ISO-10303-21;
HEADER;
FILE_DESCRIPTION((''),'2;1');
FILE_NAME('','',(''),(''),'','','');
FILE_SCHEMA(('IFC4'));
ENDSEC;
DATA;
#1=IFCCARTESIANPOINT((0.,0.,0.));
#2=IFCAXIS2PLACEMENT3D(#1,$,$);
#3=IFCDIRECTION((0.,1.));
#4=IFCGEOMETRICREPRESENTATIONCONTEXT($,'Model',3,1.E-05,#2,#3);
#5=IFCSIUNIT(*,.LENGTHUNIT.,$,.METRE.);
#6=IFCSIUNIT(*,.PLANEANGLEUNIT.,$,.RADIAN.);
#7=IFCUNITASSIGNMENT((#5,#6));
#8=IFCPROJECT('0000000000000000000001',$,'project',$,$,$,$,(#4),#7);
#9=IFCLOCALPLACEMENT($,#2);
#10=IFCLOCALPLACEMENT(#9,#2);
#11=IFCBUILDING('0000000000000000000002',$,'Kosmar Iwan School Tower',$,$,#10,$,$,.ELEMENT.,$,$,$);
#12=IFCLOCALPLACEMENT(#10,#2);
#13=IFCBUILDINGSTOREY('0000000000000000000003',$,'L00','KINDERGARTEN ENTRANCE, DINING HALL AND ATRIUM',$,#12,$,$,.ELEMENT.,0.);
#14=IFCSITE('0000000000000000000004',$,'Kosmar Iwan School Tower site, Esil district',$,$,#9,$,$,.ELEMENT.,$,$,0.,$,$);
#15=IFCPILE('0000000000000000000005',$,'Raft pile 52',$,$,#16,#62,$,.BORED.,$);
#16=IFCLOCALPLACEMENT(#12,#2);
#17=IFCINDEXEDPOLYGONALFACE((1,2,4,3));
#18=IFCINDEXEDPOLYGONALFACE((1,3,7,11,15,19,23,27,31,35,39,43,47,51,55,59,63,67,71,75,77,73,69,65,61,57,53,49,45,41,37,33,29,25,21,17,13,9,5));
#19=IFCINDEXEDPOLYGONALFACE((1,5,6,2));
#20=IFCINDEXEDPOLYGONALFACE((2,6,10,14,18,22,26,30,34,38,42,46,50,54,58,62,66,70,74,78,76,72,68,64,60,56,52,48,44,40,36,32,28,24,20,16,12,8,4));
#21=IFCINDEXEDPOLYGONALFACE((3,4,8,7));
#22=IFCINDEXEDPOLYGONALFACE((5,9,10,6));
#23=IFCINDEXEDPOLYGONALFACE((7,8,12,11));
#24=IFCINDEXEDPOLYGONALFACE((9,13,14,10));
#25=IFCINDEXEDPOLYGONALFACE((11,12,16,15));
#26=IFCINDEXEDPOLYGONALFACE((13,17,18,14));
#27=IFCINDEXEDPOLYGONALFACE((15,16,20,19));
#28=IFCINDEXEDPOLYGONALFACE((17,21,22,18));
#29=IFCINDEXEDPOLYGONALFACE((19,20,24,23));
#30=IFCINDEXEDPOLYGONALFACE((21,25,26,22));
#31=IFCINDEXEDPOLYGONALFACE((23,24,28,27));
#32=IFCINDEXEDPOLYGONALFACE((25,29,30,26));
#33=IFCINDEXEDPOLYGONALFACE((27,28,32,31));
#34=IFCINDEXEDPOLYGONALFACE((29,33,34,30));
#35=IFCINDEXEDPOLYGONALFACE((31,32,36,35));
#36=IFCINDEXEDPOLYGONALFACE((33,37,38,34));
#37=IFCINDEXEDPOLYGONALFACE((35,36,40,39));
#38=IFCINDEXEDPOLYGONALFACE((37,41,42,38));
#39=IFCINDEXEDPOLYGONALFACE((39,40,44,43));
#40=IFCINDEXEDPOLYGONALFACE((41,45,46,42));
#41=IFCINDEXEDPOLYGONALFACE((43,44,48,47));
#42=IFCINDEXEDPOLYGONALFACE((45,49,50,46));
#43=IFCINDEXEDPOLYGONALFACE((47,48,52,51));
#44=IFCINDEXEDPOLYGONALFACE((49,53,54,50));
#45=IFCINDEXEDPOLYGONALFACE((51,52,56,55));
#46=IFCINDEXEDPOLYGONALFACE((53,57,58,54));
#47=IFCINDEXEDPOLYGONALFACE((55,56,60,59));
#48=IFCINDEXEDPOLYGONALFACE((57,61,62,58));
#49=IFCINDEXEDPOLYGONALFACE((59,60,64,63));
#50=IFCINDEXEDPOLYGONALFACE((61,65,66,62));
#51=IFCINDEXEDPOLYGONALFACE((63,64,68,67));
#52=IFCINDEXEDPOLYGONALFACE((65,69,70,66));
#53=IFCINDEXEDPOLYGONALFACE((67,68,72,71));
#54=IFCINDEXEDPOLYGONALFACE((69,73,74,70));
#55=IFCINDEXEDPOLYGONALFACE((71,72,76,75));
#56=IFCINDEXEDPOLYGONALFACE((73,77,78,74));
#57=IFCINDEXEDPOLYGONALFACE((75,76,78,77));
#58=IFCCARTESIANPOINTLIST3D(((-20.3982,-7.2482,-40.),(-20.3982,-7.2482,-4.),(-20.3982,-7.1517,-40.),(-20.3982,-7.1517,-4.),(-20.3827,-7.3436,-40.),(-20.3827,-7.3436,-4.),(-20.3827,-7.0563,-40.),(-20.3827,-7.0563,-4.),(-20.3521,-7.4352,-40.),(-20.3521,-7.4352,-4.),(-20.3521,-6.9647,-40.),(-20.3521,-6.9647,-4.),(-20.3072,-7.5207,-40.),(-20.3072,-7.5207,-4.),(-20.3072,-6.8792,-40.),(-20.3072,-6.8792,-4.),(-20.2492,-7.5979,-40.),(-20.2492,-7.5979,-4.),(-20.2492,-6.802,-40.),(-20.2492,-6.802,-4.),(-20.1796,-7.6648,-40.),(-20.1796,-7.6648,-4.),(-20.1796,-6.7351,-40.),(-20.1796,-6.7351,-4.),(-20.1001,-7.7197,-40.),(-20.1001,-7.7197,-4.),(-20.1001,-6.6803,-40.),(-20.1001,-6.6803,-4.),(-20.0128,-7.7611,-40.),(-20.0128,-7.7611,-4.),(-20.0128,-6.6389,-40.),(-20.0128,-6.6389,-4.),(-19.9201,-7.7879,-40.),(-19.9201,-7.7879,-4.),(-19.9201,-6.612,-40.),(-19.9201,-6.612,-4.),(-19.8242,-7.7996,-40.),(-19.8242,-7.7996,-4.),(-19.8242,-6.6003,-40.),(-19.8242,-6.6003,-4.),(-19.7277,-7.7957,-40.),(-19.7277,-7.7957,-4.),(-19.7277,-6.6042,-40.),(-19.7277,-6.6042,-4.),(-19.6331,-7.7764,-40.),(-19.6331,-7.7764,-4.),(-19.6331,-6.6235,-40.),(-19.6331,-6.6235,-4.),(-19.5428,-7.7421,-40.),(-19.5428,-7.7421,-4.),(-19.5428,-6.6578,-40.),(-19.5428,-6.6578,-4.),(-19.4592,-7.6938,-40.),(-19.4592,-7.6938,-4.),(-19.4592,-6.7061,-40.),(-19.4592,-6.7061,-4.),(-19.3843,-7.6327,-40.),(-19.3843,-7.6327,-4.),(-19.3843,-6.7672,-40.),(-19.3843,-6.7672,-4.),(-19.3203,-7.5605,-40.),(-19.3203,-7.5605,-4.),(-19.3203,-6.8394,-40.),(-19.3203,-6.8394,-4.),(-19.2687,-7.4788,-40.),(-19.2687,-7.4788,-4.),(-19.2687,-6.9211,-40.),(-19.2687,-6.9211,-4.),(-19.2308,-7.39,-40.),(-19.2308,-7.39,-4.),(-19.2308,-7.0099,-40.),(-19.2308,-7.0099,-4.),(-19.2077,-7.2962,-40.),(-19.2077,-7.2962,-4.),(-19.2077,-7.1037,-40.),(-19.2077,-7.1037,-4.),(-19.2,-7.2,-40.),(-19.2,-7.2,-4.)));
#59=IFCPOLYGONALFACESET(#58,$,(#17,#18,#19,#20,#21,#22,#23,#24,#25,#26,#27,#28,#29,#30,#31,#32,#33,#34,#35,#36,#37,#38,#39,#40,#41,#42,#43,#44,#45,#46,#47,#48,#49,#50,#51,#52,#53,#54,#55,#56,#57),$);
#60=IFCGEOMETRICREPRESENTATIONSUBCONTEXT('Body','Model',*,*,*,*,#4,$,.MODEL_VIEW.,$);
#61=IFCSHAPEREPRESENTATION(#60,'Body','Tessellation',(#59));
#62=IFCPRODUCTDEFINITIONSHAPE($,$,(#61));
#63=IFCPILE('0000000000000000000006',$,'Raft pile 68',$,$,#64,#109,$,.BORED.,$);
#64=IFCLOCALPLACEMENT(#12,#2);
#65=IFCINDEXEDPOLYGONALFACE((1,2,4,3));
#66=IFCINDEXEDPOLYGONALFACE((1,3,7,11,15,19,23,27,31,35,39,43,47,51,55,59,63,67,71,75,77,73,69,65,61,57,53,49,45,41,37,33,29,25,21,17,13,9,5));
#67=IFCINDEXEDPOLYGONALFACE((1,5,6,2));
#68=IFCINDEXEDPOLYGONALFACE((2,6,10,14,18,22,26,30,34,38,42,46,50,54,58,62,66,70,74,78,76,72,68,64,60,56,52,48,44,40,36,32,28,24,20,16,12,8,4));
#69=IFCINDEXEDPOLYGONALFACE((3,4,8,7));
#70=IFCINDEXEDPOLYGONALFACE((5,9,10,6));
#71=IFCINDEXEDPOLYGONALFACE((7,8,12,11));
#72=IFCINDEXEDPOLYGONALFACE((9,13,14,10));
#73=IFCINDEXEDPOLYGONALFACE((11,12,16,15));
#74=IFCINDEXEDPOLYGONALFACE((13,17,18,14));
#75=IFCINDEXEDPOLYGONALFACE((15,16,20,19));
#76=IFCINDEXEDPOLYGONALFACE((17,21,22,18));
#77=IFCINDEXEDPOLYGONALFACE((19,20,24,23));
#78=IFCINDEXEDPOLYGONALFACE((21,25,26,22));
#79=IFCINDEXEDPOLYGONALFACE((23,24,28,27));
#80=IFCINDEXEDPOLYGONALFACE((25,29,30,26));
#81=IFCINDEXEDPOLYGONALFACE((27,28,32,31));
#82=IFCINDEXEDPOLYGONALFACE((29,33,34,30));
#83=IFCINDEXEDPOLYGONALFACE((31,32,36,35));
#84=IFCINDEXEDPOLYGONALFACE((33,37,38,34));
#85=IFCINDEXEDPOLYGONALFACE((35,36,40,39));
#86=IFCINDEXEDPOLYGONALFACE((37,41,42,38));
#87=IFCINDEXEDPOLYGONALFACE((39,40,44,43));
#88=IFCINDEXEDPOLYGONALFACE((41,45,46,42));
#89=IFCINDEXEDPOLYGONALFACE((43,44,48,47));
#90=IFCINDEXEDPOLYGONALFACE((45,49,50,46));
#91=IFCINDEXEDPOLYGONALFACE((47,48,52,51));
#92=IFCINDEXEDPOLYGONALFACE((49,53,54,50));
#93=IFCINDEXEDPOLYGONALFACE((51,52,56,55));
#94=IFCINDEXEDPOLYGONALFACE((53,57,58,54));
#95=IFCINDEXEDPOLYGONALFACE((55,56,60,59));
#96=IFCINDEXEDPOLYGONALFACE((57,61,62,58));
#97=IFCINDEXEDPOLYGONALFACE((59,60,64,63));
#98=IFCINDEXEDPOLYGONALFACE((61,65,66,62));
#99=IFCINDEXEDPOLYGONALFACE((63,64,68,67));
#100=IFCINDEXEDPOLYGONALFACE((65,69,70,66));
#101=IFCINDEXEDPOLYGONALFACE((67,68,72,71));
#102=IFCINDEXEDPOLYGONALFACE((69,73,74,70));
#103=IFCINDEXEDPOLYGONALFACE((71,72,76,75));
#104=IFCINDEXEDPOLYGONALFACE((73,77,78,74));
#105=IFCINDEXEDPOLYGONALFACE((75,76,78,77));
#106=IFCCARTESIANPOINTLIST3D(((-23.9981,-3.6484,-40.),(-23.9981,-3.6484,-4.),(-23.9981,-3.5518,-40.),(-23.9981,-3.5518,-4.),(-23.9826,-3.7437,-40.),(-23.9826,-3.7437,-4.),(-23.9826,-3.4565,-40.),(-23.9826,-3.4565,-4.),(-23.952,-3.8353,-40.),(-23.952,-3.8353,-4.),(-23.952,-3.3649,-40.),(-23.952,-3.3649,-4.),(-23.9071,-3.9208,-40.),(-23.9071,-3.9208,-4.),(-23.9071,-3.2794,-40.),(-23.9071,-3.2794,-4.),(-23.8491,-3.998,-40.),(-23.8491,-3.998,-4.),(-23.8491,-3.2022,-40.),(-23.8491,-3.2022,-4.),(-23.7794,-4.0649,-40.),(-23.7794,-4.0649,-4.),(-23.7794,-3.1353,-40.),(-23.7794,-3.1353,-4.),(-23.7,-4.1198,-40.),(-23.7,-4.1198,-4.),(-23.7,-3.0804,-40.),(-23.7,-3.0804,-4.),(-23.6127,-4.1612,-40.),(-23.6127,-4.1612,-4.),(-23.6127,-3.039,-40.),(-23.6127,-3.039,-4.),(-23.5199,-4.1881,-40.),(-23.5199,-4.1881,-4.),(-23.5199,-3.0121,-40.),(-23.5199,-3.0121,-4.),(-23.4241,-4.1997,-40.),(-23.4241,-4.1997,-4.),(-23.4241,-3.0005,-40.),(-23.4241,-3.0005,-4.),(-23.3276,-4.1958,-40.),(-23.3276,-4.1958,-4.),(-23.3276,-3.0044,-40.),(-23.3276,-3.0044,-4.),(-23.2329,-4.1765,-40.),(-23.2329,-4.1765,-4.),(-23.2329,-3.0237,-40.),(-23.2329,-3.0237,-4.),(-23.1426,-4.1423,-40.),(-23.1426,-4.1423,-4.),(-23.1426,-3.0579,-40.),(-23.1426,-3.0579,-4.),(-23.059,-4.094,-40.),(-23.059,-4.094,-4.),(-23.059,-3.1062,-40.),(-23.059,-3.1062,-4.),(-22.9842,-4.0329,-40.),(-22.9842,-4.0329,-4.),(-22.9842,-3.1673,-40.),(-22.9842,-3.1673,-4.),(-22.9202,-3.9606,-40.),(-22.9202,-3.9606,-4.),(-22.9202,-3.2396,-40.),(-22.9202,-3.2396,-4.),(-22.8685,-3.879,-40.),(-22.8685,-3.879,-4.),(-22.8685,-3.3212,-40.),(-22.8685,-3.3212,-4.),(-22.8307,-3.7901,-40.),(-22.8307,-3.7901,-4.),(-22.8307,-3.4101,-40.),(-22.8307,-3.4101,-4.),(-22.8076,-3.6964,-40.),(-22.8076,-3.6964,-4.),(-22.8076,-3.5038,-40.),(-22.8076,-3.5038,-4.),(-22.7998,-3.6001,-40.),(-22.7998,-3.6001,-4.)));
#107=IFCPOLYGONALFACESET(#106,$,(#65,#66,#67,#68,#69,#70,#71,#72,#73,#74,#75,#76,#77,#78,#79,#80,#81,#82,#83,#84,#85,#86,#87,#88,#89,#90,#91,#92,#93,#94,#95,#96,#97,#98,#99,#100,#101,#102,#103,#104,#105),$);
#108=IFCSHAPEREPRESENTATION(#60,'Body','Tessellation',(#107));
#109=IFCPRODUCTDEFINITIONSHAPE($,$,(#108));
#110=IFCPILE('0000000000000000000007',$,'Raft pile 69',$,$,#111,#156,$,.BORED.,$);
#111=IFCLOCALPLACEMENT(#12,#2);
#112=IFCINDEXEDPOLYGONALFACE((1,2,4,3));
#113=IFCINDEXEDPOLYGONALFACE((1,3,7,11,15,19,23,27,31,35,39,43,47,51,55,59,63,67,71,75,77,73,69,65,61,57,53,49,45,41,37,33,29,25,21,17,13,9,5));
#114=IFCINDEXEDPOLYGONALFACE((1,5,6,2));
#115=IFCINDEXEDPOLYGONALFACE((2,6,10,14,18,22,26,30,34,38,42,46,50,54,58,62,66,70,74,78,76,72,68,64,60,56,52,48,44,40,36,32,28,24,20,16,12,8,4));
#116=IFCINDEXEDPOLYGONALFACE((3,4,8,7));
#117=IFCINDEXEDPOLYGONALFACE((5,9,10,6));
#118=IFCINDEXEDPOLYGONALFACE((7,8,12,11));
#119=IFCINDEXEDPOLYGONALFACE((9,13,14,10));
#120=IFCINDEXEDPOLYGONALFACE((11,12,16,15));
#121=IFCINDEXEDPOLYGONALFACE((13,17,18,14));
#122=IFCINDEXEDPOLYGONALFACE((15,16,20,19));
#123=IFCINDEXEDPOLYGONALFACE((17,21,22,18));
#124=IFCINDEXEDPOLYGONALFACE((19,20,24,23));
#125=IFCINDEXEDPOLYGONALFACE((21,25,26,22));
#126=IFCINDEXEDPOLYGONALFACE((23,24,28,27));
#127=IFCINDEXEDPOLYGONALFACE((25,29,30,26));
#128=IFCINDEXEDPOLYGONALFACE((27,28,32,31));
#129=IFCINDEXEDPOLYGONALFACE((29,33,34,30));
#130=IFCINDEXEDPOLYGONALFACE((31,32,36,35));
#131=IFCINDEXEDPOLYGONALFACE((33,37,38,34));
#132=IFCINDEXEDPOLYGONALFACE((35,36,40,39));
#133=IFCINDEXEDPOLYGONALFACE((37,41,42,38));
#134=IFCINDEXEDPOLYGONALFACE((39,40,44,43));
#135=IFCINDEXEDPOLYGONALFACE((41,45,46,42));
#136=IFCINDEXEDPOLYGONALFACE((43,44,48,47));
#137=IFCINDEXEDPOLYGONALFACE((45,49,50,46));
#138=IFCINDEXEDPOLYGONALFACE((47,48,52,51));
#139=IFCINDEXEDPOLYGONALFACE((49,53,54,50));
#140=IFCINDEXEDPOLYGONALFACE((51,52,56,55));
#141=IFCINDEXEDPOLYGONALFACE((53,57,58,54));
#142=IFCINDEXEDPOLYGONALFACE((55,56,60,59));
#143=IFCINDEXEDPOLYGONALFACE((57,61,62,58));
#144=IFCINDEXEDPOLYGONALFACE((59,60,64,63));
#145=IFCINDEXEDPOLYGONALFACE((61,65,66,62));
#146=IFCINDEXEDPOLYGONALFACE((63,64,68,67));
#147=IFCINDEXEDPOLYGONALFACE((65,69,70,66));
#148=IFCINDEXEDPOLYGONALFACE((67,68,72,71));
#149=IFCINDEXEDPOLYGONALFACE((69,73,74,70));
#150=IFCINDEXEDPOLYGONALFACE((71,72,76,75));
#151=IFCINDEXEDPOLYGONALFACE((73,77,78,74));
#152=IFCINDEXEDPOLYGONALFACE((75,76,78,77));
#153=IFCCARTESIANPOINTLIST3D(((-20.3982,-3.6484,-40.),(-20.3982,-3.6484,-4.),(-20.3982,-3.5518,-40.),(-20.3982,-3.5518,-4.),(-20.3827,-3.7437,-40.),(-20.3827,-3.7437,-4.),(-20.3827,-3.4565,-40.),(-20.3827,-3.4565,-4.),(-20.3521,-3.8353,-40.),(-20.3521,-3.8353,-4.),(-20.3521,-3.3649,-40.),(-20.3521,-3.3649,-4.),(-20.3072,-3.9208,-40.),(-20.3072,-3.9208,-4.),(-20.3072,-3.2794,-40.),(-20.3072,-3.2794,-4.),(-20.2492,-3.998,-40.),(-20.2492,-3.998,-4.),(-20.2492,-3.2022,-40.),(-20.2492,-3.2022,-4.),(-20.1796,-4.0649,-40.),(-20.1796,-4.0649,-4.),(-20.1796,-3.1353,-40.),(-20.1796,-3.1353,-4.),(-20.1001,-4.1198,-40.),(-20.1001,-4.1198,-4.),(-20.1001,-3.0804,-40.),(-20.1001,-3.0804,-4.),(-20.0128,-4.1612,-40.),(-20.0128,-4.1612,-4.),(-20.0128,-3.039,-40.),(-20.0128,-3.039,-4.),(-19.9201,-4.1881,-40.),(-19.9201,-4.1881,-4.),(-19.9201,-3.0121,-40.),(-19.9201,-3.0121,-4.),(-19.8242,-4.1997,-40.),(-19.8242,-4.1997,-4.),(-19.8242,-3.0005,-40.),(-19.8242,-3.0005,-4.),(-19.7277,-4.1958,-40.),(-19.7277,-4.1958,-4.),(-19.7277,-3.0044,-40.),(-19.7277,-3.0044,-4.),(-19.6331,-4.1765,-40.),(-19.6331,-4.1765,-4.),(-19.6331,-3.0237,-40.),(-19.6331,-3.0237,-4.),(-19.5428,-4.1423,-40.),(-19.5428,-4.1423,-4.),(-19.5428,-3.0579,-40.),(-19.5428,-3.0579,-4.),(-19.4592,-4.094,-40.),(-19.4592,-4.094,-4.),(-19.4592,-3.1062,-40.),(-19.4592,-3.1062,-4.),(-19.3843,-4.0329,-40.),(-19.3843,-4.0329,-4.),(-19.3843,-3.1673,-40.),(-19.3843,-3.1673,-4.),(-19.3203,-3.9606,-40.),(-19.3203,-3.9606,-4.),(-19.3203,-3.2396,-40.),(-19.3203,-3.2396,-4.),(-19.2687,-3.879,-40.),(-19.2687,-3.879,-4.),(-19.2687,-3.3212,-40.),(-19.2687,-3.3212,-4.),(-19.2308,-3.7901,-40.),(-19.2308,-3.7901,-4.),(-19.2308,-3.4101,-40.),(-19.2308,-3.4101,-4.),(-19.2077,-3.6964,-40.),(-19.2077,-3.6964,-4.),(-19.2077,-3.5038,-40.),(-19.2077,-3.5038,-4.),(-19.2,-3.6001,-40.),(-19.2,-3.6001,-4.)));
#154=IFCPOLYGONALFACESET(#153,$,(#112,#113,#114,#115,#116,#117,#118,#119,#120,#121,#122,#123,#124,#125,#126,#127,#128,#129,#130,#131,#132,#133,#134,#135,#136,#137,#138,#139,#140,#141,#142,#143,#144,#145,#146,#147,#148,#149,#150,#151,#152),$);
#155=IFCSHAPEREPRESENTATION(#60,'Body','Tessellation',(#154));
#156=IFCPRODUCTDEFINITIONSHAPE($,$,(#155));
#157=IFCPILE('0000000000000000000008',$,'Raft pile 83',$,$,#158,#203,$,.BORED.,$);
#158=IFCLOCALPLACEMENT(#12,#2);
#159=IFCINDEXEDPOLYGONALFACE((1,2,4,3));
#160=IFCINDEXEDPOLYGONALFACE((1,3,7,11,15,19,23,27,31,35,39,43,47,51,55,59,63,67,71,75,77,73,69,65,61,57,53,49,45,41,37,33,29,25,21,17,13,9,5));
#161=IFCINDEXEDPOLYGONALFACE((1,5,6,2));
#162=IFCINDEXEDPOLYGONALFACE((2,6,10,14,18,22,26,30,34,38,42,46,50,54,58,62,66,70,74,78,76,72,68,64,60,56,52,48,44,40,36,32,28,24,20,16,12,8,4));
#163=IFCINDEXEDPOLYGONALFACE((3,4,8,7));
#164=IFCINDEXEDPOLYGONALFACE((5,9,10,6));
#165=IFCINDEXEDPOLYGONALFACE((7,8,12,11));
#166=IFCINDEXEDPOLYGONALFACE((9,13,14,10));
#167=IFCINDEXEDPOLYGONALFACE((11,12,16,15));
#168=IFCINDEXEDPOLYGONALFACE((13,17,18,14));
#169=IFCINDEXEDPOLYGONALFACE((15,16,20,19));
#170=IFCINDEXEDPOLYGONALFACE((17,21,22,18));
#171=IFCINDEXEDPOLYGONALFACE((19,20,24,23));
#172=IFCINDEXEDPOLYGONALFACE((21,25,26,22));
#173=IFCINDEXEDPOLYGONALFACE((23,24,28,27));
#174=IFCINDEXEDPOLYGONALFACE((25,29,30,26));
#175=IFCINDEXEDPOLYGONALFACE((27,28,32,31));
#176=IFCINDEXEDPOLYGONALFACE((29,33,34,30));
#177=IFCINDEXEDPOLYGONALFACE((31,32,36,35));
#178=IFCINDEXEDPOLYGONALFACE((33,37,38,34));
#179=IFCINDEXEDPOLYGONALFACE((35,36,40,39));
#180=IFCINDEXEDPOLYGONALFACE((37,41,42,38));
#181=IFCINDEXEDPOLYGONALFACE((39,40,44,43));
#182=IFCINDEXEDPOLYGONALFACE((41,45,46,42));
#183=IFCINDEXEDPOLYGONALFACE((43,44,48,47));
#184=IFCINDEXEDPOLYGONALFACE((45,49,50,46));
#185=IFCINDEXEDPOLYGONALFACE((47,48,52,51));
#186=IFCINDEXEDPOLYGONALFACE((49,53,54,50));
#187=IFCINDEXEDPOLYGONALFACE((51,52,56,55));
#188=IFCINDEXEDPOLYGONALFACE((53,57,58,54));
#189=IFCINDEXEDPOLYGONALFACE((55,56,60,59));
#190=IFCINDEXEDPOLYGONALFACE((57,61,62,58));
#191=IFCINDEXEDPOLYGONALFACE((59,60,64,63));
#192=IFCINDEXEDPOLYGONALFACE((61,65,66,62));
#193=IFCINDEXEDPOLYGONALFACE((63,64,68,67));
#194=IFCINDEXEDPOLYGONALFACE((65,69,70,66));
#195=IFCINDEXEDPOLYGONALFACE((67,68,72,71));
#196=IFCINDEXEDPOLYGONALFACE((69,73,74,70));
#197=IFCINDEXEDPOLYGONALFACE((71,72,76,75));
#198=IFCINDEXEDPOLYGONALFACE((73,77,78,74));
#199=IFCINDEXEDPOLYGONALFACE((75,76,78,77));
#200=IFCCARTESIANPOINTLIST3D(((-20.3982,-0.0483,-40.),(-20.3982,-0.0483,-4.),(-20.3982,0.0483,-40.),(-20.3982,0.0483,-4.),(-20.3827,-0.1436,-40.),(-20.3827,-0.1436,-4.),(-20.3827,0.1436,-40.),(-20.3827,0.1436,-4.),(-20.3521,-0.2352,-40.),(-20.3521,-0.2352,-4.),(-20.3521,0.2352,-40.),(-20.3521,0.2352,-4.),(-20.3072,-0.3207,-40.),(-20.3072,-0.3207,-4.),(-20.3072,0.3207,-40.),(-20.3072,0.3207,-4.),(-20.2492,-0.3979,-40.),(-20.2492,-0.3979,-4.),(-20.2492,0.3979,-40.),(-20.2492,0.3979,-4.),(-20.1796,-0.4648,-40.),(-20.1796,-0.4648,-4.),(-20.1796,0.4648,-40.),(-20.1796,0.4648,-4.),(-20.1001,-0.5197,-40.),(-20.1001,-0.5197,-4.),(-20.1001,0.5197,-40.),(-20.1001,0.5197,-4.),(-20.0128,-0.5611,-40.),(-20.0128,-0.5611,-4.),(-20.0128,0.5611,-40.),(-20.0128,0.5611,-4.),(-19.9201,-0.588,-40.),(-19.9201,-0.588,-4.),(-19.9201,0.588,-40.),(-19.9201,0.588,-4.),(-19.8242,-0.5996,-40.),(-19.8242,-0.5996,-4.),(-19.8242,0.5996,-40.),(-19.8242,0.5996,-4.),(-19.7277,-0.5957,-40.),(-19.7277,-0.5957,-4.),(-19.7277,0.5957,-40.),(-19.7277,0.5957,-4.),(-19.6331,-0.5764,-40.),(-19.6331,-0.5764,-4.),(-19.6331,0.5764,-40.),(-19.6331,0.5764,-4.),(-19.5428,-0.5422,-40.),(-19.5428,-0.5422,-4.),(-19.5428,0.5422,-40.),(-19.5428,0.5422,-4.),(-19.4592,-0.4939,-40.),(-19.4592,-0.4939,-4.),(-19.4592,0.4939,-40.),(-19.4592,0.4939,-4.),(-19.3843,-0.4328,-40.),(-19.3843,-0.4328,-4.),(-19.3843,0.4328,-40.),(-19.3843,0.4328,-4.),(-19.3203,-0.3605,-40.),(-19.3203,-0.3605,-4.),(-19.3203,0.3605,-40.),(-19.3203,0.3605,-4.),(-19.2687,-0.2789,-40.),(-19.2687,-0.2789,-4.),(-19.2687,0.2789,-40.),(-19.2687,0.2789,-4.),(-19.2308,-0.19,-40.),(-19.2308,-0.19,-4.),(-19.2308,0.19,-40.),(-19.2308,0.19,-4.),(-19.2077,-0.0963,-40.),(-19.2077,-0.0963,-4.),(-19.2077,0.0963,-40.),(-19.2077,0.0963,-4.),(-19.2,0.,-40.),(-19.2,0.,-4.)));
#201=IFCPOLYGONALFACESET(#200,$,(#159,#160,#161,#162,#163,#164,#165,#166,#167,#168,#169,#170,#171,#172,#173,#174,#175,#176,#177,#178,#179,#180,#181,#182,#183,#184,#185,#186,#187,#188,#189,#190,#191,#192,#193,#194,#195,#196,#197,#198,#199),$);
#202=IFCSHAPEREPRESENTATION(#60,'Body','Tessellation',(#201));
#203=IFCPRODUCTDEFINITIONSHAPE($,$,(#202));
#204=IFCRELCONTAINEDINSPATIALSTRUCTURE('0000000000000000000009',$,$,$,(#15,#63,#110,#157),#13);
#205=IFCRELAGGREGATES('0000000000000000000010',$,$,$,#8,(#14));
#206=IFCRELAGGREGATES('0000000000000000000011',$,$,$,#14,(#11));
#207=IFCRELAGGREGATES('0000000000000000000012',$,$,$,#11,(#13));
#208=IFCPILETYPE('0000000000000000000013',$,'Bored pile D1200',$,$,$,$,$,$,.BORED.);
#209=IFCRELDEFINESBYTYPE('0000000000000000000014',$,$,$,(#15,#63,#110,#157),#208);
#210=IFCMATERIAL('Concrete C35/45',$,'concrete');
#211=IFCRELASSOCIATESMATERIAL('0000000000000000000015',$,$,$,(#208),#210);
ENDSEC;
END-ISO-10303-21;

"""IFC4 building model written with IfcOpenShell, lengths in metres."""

from ifc_helpers import new_model, si_unit, direction, frame, origin, origin_2d, place, context, subcontext, project, spatial, circle, extrude, material, material_profile, profile_set, type_object, element, save


model = new_model("IFC4")

# Units and contexts
model_context = context("Model", 3, precision=1e-05, world=origin(), true_north=direction((0.0, 1.0)))
body_context = subcontext(model_context, "Body", "Model", "MODEL_VIEW")
ifc_project = project(units=[si_unit("LENGTHUNIT", "METRE"), si_unit("PLANEANGLEUNIT", "RADIAN")], contexts=[model_context])

# Site, building, storey
site_placement = place(None, origin())
site = spatial("IfcSite", under=ifc_project, at=site_placement, Name="Kosmar Iwan School Tower site, Esil district", CompositionType="ELEMENT", RefElevation=0.0)
building_placement = place(site_placement, origin())
building = spatial("IfcBuilding", under=site, at=building_placement, Name="Kosmar Iwan School Tower", CompositionType="ELEMENT")
storey_placement = place(building_placement, origin())
storey = spatial("IfcBuildingStorey", under=building, at=storey_placement, Name="L00", Description="KINDERGARTEN ENTRANCE, DINING HALL AND ATRIUM", CompositionType="ELEMENT", Elevation=0.0)

# Piles
ifc_material_1 = material(Name="Concrete C35/45", Category="concrete")
ifc_material_profile_1 = material_profile(ifc_material_1, circle(Radius=0.6001, at=origin_2d()), Name="D1200")
ifc_profile_set_1 = profile_set([ifc_material_profile_1], Name="Concrete C35/45")
pile_type = type_object("IfcPileType", Name="Bored pile D1200", PredefinedType="BORED", material=ifc_profile_set_1)
for number, where, z_axis, x_axis, name in (
    (1, (-19.8, -7.2, -4.0), (0.0, 0.0, -1.0), (1.0, 0.0, 0.0), "Raft pile 52"),
    (2, (-23.3999, -3.6001, -4.0), (0.0, 0.0, -1.0), (1.0, 0.0, 0.0), "Raft pile 68"),
    (3, (-19.8, -3.6001, -4.0), (0.0, 0.0, -1.0), (1.0, 0.0, 0.0), "Raft pile 69"),
    (4, (-19.8, 0.0, -4.0), (0.0, 0.0, -1.0), (1.0, 0.0, 0.0), "Raft pile 83"),
):
    element("IfcPile", number, at=place(storey_placement, frame(where, z_axis=z_axis, x_axis=x_axis)), inside=storey, type_object=pile_type, Name=name, PredefinedType="BORED", context=body_context, shape_type="SweptSolid", body=[
        extrude(circle(Radius=0.6001, at=origin_2d()), origin(), (0.0, 0.0, 1.0), 36.0),
    ])

save(model, "model.ifc")
